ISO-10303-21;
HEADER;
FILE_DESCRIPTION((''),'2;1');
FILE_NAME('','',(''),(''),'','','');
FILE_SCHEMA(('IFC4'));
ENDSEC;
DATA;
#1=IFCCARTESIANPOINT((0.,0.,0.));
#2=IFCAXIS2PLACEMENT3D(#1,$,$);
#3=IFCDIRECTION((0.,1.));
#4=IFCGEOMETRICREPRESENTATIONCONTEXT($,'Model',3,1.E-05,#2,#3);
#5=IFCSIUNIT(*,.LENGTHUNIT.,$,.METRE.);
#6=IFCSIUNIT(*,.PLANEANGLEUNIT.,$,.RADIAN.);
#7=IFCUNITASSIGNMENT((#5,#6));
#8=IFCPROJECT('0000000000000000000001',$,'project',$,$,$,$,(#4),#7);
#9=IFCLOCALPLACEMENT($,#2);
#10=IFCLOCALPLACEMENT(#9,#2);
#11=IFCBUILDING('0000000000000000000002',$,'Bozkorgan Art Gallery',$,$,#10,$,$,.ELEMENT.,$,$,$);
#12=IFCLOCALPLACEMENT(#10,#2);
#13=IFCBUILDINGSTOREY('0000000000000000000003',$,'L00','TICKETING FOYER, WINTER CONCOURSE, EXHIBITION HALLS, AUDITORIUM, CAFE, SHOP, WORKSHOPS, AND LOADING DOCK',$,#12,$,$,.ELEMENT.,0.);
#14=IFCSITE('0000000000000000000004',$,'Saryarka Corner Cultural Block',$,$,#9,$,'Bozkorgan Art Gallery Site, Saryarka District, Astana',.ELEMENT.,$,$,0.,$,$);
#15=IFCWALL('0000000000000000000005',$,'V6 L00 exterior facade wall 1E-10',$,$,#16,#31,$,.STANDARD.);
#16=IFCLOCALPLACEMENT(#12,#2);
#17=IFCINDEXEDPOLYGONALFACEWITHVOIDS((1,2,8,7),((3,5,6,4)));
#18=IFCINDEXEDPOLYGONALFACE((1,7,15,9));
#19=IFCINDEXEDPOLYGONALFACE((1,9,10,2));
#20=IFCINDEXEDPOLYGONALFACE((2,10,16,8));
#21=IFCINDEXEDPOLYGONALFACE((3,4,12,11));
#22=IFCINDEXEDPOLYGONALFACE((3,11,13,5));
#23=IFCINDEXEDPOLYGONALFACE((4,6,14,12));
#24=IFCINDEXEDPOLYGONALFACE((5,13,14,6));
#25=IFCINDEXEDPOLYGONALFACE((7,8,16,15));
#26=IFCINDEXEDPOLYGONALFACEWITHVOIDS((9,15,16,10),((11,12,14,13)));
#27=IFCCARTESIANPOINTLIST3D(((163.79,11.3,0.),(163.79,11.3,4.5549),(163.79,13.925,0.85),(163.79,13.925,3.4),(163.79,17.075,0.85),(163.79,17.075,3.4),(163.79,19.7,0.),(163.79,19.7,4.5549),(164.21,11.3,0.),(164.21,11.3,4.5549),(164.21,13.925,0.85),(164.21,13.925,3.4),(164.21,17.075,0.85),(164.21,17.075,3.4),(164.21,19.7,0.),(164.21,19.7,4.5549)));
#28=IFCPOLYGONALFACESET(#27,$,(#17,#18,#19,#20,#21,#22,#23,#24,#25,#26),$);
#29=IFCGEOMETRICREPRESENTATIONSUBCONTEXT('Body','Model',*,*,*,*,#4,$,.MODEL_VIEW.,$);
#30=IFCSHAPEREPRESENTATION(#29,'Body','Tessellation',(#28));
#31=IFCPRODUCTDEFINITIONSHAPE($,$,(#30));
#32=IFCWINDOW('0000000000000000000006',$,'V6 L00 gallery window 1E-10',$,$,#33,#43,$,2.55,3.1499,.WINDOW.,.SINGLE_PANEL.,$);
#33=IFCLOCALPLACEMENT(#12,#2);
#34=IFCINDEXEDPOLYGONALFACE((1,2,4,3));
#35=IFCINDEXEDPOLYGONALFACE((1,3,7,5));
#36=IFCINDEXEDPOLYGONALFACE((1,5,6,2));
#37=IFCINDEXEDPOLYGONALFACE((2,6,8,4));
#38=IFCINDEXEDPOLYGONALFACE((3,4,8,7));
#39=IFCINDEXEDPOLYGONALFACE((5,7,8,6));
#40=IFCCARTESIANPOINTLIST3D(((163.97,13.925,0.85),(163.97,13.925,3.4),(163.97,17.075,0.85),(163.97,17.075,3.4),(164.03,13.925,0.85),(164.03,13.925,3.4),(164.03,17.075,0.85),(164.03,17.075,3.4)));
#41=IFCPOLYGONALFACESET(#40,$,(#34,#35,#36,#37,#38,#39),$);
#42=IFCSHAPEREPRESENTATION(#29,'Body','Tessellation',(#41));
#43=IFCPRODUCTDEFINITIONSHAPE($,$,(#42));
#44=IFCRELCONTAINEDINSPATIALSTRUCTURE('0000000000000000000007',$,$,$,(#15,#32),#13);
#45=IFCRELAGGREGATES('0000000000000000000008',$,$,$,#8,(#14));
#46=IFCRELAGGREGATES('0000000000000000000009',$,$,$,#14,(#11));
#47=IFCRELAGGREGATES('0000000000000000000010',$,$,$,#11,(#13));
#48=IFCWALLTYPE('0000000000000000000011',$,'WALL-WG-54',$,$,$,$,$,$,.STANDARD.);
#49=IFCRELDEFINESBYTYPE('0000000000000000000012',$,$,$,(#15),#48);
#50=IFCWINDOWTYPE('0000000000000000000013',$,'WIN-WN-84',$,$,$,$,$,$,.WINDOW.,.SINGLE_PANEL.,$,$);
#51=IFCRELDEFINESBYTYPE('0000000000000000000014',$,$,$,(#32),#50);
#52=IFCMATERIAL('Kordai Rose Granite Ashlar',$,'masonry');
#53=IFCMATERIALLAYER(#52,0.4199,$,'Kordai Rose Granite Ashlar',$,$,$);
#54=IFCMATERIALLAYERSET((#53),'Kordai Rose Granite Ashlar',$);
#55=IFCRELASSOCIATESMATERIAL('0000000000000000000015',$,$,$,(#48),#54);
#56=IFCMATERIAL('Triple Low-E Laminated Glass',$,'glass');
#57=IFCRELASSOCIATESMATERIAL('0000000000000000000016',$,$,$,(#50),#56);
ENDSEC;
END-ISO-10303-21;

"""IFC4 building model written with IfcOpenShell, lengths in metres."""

from ifc_helpers import new_model, si_unit, direction, frame, frame_2d, origin, place, context, subcontext, project, spatial, rectangle, extrude, material, layer, layer_set, type_object, element, fill, save


model = new_model("IFC4")

# Units and contexts
model_context = context("Model", 3, precision=1e-05, world=origin(), true_north=direction((0.0, 1.0)))
body_context = subcontext(model_context, "Body", "Model", "MODEL_VIEW")
ifc_project = project(units=[si_unit("LENGTHUNIT", "METRE"), si_unit("PLANEANGLEUNIT", "RADIAN")], contexts=[model_context])

# Site, building, storey
site_placement = place(None, origin())
site = spatial("IfcSite", under=ifc_project, at=site_placement, Name="Saryarka Corner Cultural Block", LongName="Bozkorgan Art Gallery Site, Saryarka District, Astana", CompositionType="ELEMENT", RefElevation=0.0)
building_placement = place(site_placement, origin())
building = spatial("IfcBuilding", under=site, at=building_placement, Name="Bozkorgan Art Gallery", CompositionType="ELEMENT")
storey_placement = place(building_placement, origin())
storey = spatial("IfcBuildingStorey", under=building, at=storey_placement, Name="L00", Description="TICKETING FOYER, WINTER CONCOURSE, EXHIBITION HALLS, AUDITORIUM, CAFE, SHOP, WORKSHOPS, AND LOADING DOCK", CompositionType="ELEMENT", Elevation=0.0)

# Wall, opening, window
ifc_material_1 = material(Name="Kordai Rose Granite Ashlar", Category="masonry")
ifc_layer_1 = layer(ifc_material_1, 0.4199, Name="Kordai Rose Granite Ashlar")
ifc_layer_set_1 = layer_set([ifc_layer_1], Name="Kordai Rose Granite Ashlar")
wall_type_1 = type_object("IfcWallType", Name="WALL-WG-54", PredefinedType="STANDARD", material=ifc_layer_set_1)
wall_1_placement = place(storey_placement, frame((164.0, 11.3, 0.0), z_axis=(0.0, 0.0, 1.0), x_axis=(0.0, 1.0, 0.0)))
wall_1 = element("IfcWall", 1, at=wall_1_placement, inside=storey, type_object=wall_type_1, Name="V6 L00 exterior facade wall 1E-10", PredefinedType="STANDARD", context=body_context, shape_type="SweptSolid", body=[
    extrude(rectangle(XDim=8.3999, YDim=0.4199, at=frame_2d((4.2, 0.0))), origin(), (0.0, 0.0, 1.0), 4.5549),
])
opening_1_placement = place(wall_1_placement, frame((5.7749, 0.0, 0.8501), z_axis=(0.0, 0.0, 1.0), x_axis=(-1.0, 0.0, 0.0)))
opening_1 = element("IfcOpeningElement", 2, at=opening_1_placement, cuts=wall_1, PredefinedType="OPENING", context=body_context, shape_type="SweptSolid", body=[
    extrude(rectangle(XDim=3.1499, YDim=2.55, at=frame_2d((1.575, 1.2749))), frame((0.0, 0.22, 0.0), z_axis=(0.0, -1.0, 0.0), x_axis=(1.0, 0.0, 0.0)), (0.0, 0.0, 1.0), 0.4399),
])
ifc_material_2 = material(Name="Triple Low-E Laminated Glass", Category="glass")
window_type = type_object("IfcWindowType", Name="WIN-WN-84", PartitioningType="SINGLE_PANEL", PredefinedType="WINDOW", material=ifc_material_2)
window_placement = place(opening_1_placement, origin())
window = element("IfcWindow", 3, at=window_placement, inside=storey, type_object=window_type, Name="V6 L00 gallery window 1E-10", OverallHeight=2.55, OverallWidth=3.1499, PartitioningType="SINGLE_PANEL", PredefinedType="WINDOW", context=body_context, shape_type="SweptSolid", body=[
    extrude(rectangle(XDim=3.1499, YDim=2.55, at=frame_2d((1.575, 1.2749))), frame((0.0, 0.03, 0.0), z_axis=(0.0, -1.0, 0.0), x_axis=(1.0, 0.0, 0.0)), (0.0, 0.0, 1.0), 0.0601),
])
fill(opening_1, window)

save(model, "model.ifc")
